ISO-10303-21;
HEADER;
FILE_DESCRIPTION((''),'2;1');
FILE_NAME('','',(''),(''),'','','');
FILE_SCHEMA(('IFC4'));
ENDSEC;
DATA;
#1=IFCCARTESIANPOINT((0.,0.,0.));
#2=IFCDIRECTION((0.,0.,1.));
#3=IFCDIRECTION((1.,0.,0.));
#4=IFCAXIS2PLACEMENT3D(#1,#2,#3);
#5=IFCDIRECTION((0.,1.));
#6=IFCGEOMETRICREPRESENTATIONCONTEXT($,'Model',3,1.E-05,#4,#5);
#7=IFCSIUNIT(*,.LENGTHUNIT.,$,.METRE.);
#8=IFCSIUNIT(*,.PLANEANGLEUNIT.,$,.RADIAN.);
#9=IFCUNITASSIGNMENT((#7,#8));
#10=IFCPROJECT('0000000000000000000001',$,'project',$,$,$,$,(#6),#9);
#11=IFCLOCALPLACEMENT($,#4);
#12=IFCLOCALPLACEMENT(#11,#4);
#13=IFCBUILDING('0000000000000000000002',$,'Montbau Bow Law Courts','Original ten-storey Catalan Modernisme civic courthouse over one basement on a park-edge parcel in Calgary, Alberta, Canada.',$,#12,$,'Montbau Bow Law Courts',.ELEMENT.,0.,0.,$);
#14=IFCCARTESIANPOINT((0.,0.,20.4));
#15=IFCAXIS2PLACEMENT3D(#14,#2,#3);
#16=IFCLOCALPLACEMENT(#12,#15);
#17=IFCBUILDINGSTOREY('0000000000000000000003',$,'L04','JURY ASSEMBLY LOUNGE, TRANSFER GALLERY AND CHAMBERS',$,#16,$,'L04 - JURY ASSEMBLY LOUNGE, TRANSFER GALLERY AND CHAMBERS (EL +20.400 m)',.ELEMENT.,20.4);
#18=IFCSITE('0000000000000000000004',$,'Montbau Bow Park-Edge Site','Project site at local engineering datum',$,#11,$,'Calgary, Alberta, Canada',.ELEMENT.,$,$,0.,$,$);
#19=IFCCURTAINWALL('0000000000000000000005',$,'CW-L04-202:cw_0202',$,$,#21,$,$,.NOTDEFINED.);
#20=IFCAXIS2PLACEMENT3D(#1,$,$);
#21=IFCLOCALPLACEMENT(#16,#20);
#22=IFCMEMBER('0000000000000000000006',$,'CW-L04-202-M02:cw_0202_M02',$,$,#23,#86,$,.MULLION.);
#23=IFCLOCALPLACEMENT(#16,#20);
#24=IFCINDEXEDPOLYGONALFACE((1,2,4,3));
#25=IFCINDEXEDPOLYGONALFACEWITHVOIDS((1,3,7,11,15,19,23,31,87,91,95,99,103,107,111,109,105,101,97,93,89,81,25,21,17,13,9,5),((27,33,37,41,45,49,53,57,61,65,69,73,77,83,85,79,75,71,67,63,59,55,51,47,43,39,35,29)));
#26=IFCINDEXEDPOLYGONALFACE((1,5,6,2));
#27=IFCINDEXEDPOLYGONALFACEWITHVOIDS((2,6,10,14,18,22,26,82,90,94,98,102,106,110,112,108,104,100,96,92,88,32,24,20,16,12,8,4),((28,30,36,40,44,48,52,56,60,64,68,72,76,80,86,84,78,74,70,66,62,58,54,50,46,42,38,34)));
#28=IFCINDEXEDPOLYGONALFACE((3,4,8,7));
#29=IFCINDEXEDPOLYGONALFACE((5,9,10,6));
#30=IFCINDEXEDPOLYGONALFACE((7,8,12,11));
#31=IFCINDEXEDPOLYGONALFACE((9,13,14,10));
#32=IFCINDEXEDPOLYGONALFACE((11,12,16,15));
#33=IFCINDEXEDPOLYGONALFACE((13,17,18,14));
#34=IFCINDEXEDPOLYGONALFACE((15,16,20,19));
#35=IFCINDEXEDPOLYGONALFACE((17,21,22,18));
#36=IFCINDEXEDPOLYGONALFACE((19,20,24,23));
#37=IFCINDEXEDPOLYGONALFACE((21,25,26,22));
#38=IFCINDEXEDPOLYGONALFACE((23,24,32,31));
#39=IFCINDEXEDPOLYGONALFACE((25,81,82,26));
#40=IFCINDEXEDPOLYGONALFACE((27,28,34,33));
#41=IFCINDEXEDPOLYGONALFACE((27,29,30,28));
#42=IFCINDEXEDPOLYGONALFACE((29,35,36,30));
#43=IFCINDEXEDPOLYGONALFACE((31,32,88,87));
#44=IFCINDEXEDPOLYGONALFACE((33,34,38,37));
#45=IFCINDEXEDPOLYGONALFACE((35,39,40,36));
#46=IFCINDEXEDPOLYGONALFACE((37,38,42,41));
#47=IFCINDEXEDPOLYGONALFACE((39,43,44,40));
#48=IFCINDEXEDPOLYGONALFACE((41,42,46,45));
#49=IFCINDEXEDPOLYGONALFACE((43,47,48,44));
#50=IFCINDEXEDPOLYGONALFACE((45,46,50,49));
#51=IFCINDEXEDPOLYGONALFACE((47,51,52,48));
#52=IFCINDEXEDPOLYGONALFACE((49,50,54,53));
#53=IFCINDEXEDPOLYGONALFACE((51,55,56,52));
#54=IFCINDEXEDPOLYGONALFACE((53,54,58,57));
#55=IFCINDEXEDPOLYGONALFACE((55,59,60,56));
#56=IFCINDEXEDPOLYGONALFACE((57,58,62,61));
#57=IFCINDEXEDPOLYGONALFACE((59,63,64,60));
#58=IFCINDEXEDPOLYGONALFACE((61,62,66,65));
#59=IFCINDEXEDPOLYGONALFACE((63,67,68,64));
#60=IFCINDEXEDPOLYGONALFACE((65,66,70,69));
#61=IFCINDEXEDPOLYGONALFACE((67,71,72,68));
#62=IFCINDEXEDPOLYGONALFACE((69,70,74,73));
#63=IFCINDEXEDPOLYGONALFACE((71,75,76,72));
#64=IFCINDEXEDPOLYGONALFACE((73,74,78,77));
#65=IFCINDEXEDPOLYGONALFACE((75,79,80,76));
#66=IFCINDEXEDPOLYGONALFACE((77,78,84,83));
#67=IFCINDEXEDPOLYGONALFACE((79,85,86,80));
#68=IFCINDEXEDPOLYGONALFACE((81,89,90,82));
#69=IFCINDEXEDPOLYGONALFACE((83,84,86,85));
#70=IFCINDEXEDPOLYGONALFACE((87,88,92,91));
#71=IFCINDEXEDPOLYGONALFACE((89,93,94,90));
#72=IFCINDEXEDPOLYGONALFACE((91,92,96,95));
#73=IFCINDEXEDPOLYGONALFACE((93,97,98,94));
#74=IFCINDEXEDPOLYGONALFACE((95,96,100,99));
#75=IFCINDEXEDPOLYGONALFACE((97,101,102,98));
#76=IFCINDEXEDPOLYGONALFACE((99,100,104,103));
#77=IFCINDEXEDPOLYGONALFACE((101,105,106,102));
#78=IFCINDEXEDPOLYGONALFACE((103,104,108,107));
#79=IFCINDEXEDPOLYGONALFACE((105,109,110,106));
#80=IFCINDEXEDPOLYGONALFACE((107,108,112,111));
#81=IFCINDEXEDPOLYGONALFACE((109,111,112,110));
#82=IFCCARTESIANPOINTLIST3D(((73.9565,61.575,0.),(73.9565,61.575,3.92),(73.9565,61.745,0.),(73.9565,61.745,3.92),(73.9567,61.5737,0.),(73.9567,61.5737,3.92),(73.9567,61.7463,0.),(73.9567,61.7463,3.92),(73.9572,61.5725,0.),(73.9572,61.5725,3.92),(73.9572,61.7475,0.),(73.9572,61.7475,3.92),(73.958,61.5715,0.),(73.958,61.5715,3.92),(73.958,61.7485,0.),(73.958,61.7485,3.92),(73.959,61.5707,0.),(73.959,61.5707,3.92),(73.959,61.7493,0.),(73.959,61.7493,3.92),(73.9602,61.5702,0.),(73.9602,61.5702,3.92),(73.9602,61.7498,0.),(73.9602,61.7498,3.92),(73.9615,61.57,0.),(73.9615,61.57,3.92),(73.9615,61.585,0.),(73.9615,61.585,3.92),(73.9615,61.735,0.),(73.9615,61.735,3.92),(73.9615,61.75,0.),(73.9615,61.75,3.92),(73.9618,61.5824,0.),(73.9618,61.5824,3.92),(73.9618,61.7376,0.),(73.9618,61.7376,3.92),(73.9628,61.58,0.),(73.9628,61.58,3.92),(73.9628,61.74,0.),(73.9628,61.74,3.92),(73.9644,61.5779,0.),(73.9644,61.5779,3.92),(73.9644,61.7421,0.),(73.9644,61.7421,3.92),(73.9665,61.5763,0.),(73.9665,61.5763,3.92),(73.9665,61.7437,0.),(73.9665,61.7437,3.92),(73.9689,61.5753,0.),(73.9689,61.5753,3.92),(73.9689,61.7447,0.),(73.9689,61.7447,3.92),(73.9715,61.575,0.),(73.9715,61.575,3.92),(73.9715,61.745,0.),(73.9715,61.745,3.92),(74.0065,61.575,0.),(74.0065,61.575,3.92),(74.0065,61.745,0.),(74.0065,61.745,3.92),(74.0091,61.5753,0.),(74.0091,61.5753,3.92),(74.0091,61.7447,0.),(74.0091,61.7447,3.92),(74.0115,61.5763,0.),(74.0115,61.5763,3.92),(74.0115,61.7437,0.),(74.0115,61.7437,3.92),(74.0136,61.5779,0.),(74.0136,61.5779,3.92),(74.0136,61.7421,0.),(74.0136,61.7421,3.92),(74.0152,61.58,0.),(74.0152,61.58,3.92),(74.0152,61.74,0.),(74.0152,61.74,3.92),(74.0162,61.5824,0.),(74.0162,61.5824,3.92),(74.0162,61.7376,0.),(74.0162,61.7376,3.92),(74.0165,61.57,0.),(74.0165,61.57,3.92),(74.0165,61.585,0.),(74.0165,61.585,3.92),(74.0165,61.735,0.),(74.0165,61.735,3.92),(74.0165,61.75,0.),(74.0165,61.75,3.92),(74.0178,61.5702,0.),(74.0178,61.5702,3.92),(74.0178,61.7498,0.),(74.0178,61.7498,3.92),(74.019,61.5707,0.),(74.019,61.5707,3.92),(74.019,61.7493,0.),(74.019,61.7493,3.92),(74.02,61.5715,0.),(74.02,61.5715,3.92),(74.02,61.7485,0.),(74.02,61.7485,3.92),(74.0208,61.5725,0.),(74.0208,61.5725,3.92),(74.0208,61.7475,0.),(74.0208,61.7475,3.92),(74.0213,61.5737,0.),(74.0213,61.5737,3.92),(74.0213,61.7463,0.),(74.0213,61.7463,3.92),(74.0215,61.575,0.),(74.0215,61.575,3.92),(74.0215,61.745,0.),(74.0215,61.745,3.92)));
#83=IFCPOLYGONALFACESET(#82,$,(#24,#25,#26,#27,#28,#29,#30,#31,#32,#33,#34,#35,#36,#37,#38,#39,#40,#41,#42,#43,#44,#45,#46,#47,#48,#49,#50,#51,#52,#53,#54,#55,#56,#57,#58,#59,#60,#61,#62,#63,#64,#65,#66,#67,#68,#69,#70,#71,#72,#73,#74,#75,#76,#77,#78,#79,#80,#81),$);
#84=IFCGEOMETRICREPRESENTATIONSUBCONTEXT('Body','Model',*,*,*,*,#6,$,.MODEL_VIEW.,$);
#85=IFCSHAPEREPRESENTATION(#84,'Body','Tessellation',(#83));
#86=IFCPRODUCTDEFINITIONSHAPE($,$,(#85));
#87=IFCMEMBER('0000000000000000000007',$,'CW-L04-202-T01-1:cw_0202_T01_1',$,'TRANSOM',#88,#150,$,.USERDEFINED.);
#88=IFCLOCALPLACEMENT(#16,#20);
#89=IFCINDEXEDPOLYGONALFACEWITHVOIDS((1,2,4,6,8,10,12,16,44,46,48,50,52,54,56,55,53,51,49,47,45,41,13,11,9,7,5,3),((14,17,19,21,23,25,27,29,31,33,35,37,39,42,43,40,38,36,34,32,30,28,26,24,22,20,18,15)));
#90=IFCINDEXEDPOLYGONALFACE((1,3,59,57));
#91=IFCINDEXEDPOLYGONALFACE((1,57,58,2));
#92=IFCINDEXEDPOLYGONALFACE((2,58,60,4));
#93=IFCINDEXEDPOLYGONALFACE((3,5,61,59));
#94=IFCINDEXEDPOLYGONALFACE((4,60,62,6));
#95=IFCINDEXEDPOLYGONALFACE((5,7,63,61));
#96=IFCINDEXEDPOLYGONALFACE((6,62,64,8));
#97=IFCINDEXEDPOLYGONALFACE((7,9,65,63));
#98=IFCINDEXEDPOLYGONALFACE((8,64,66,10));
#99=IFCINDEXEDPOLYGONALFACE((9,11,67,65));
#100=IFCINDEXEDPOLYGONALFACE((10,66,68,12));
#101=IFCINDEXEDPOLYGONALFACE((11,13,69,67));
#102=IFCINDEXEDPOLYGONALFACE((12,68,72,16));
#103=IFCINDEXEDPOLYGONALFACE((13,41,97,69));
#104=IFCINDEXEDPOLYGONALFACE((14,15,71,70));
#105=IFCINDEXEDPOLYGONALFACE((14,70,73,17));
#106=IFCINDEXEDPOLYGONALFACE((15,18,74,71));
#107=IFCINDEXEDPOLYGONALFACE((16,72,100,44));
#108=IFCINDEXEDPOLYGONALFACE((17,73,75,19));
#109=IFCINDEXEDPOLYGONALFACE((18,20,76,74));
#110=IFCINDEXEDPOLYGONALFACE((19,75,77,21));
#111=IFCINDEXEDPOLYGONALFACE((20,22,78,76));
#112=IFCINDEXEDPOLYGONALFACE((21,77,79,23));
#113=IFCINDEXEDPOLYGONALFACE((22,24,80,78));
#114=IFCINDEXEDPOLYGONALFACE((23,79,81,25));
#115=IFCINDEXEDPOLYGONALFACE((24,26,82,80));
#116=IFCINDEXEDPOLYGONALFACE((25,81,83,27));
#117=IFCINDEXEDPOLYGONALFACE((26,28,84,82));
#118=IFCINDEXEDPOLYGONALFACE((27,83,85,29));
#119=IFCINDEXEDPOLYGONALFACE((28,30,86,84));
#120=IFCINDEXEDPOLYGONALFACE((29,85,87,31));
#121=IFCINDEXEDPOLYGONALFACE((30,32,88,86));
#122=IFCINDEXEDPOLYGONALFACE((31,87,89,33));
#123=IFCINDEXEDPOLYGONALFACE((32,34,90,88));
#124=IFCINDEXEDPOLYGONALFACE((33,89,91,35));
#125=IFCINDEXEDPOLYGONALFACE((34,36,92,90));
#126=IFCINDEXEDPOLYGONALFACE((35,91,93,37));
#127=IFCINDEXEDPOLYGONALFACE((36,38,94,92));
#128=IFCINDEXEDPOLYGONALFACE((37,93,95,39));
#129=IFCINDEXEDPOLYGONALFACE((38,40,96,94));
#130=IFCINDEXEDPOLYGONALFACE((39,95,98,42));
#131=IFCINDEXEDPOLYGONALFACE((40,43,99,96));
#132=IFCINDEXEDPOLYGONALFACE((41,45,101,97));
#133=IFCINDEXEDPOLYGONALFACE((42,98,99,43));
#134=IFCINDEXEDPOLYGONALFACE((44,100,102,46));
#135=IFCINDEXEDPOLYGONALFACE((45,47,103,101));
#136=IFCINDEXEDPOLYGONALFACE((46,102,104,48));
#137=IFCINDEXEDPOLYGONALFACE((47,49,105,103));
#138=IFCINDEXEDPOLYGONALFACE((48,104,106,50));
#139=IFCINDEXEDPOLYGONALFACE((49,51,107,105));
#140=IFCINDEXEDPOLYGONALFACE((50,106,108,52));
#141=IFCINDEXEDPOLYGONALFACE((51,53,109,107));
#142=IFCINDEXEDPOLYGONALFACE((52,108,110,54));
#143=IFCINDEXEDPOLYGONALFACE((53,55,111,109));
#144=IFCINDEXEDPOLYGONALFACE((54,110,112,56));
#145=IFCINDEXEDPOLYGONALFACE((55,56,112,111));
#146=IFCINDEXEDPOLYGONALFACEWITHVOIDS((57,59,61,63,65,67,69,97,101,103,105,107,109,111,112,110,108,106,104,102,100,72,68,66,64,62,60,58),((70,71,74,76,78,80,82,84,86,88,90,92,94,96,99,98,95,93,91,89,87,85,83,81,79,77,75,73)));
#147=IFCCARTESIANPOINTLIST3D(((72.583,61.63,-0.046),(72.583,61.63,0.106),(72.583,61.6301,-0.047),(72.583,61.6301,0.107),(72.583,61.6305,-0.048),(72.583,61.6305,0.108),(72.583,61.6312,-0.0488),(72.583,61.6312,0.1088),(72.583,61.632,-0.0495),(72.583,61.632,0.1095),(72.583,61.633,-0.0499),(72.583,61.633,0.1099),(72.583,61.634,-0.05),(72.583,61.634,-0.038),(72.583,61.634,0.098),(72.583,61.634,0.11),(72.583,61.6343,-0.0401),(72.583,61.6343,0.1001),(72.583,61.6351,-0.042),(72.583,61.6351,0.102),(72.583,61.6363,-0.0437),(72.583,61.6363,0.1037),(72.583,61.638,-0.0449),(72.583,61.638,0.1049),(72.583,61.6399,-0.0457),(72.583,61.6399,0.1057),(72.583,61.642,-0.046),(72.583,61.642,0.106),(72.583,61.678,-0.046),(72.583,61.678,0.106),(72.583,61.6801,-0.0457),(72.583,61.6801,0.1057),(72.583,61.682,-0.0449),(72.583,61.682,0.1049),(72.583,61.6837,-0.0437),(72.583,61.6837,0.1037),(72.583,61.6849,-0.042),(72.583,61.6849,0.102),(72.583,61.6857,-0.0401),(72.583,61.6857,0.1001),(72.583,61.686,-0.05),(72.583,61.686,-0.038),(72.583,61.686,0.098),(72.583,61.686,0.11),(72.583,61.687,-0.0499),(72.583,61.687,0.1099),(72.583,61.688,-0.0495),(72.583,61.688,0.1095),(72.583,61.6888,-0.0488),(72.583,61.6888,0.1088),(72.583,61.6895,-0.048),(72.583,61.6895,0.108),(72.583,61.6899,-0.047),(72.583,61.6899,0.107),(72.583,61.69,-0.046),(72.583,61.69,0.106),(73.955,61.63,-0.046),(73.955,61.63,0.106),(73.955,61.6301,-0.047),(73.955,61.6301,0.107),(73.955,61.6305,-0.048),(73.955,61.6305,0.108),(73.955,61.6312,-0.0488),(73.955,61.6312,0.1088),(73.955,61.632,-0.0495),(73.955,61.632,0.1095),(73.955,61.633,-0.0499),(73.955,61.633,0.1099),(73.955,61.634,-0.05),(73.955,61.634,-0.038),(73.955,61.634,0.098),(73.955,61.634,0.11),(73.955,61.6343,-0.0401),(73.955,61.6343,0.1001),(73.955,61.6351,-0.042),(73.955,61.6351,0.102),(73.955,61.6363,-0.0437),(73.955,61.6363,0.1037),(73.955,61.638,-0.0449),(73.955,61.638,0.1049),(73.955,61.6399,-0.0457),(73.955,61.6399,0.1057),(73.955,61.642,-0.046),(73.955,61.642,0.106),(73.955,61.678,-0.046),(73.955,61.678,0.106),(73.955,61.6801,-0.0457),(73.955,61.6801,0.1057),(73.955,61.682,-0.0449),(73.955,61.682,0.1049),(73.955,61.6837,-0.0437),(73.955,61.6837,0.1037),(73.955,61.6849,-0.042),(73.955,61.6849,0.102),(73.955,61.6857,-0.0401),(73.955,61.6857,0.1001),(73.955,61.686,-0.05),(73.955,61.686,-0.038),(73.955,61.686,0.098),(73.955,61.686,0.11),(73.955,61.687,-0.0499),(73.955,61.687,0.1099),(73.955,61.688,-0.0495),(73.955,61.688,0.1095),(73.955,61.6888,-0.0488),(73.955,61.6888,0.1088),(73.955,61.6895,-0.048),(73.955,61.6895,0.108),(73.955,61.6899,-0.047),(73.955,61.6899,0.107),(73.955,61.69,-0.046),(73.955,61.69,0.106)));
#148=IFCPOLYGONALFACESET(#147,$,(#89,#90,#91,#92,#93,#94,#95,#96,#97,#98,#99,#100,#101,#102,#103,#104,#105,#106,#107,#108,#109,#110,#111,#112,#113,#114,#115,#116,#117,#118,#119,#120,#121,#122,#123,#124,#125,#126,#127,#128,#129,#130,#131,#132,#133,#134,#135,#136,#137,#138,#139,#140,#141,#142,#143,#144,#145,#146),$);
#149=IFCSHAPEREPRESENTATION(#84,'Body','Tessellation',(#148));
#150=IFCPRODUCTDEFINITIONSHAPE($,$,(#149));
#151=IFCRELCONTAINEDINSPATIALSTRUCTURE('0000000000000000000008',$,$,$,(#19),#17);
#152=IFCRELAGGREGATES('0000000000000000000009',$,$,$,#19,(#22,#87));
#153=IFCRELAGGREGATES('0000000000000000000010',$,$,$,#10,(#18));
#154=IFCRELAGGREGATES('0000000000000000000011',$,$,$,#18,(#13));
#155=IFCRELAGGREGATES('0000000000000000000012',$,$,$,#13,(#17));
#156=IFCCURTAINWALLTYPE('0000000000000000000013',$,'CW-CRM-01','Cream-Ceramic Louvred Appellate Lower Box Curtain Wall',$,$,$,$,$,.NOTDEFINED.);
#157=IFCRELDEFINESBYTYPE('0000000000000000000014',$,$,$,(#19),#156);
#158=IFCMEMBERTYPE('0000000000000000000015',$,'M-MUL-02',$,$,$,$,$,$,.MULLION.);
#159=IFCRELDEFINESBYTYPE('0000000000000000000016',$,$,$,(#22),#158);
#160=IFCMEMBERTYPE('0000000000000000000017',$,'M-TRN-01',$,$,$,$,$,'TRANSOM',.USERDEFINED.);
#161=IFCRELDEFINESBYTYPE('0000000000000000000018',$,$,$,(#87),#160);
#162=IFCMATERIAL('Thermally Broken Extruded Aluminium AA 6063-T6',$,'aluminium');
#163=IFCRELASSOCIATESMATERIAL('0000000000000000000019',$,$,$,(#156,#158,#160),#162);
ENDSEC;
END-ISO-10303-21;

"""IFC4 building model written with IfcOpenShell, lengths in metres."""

from ifc_helpers import new_model, si_unit, direction, frame, origin_with_axes, origin_2d_with_axis, place, context, subcontext, project, spatial, hollow_rectangle, extrude, material, material_profile, profile_set, type_object, element, aggregate, save


model = new_model("IFC4")

# Units and contexts
model_context = context("Model", 3, precision=1e-05, world=origin_with_axes(), true_north=direction((0.0, 1.0)))
body_context = subcontext(model_context, "Body", "Model", "MODEL_VIEW")
ifc_project = project(units=[si_unit("LENGTHUNIT", "METRE"), si_unit("PLANEANGLEUNIT", "RADIAN")], contexts=[model_context])

# Site, building, storey
site_placement = place(None, origin_with_axes())
site = spatial("IfcSite", under=ifc_project, at=site_placement, Name="Montbau Bow Park-Edge Site", Description="Project site at local engineering datum", LongName="Calgary, Alberta, Canada", CompositionType="ELEMENT", RefElevation=0.0)
building_placement = place(site_placement, origin_with_axes())
building = spatial("IfcBuilding", under=site, at=building_placement, Name="Montbau Bow Law Courts", Description="Original ten-storey Catalan Modernisme civic courthouse over one basement on a park-edge parcel in Calgary, Alberta, Canada.", LongName="Montbau Bow Law Courts", CompositionType="ELEMENT", ElevationOfRefHeight=0.0, ElevationOfTerrain=0.0)
storey_placement = place(building_placement, frame((0.0, 0.0, 20.4), z_axis=(0.0, 0.0, 1.0), x_axis=(1.0, 0.0, 0.0)))
storey = spatial("IfcBuildingStorey", under=building, at=storey_placement, Name="L04", Description="JURY ASSEMBLY LOUNGE, TRANSFER GALLERY AND CHAMBERS", LongName="L04 - JURY ASSEMBLY LOUNGE, TRANSFER GALLERY AND CHAMBERS (EL +20.400 m)", CompositionType="ELEMENT", Elevation=20.4)

# Curtain wall, members
ifc_material_1 = material(Name="Thermally Broken Extruded Aluminium AA 6063-T6", Category="aluminium")
curtain_wall_type = type_object("IfcCurtainWallType", Name="CW-CRM-01", Description="Cream-Ceramic Louvred Appellate Lower Box Curtain Wall", PredefinedType="NOTDEFINED", material=ifc_material_1)
curtain_wall_1_placement = place(None, frame((72.515, 61.66, 20.4), z_axis=(0.0, 0.0, 1.0), x_axis=(1.0, 0.0, 0.0)))
curtain_wall_1 = element("IfcCurtainWall", 1, at=curtain_wall_1_placement, inside=storey, type_object=curtain_wall_type, Name="CW-L04-202:cw_0202", PredefinedType="NOTDEFINED")
ifc_material_profile_1 = material_profile(ifc_material_1, hollow_rectangle(XDim=0.065, YDim=0.18, WallThickness=0.005, InnerFilletRadius=0.01, OuterFilletRadius=0.005, at=origin_2d_with_axis()), Name="CWM-180X65", Category="Main", Priority=0)
ifc_profile_set_1 = profile_set([ifc_material_profile_1], Name="Thermally Broken Extruded Aluminium AA 6063-T6")
member_type_1 = type_object("IfcMemberType", Name="M-MUL-02", PredefinedType="MULLION", material=ifc_profile_set_1)
member_1_placement = place(None, frame((73.989, 61.66, 20.4), z_axis=(0.0, 0.0, 1.0), x_axis=(1.0, 0.0, 0.0)))
member_1 = element("IfcMember", 2, at=member_1_placement, type_object=member_type_1, Name="CW-L04-202-M02:cw_0202_M02", PredefinedType="MULLION", context=body_context, shape_type="SweptSolid", body=[
    extrude(hollow_rectangle(XDim=0.065, YDim=0.18, WallThickness=0.005, InnerFilletRadius=0.01, OuterFilletRadius=0.005, at=origin_2d_with_axis()), origin_with_axes(), (0.0, 0.0, 1.0), 3.92),
])
ifc_material_profile_2 = material_profile(ifc_material_1, hollow_rectangle(XDim=0.06, YDim=0.16, WallThickness=0.004, InnerFilletRadius=0.008, OuterFilletRadius=0.004, at=origin_2d_with_axis()), Name="CWT-160X60", Category="Main", Priority=0)
ifc_profile_set_2 = profile_set([ifc_material_profile_2], Name="Thermally Broken Extruded Aluminium AA 6063-T6")
member_type_2 = type_object("IfcMemberType", Name="M-TRN-01", ElementType="TRANSOM", PredefinedType="USERDEFINED", material=ifc_profile_set_2)
member_2_placement = place(None, frame((72.583, 61.66, 20.43), z_axis=(1.0, 0.0, 0.0), x_axis=(0.0, 1.0, 0.0)))
member_2 = element("IfcMember", 3, at=member_2_placement, type_object=member_type_2, Name="CW-L04-202-T01-1:cw_0202_T01_1", ObjectType="TRANSOM", PredefinedType="USERDEFINED", context=body_context, shape_type="SweptSolid", body=[
    extrude(hollow_rectangle(XDim=0.06, YDim=0.16, WallThickness=0.004, InnerFilletRadius=0.008, OuterFilletRadius=0.004, at=origin_2d_with_axis()), origin_with_axes(), (0.0, 0.0, 1.0), 1.372),
])

aggregate(curtain_wall_1, [member_1, member_2])

save(model, "model.ifc")
